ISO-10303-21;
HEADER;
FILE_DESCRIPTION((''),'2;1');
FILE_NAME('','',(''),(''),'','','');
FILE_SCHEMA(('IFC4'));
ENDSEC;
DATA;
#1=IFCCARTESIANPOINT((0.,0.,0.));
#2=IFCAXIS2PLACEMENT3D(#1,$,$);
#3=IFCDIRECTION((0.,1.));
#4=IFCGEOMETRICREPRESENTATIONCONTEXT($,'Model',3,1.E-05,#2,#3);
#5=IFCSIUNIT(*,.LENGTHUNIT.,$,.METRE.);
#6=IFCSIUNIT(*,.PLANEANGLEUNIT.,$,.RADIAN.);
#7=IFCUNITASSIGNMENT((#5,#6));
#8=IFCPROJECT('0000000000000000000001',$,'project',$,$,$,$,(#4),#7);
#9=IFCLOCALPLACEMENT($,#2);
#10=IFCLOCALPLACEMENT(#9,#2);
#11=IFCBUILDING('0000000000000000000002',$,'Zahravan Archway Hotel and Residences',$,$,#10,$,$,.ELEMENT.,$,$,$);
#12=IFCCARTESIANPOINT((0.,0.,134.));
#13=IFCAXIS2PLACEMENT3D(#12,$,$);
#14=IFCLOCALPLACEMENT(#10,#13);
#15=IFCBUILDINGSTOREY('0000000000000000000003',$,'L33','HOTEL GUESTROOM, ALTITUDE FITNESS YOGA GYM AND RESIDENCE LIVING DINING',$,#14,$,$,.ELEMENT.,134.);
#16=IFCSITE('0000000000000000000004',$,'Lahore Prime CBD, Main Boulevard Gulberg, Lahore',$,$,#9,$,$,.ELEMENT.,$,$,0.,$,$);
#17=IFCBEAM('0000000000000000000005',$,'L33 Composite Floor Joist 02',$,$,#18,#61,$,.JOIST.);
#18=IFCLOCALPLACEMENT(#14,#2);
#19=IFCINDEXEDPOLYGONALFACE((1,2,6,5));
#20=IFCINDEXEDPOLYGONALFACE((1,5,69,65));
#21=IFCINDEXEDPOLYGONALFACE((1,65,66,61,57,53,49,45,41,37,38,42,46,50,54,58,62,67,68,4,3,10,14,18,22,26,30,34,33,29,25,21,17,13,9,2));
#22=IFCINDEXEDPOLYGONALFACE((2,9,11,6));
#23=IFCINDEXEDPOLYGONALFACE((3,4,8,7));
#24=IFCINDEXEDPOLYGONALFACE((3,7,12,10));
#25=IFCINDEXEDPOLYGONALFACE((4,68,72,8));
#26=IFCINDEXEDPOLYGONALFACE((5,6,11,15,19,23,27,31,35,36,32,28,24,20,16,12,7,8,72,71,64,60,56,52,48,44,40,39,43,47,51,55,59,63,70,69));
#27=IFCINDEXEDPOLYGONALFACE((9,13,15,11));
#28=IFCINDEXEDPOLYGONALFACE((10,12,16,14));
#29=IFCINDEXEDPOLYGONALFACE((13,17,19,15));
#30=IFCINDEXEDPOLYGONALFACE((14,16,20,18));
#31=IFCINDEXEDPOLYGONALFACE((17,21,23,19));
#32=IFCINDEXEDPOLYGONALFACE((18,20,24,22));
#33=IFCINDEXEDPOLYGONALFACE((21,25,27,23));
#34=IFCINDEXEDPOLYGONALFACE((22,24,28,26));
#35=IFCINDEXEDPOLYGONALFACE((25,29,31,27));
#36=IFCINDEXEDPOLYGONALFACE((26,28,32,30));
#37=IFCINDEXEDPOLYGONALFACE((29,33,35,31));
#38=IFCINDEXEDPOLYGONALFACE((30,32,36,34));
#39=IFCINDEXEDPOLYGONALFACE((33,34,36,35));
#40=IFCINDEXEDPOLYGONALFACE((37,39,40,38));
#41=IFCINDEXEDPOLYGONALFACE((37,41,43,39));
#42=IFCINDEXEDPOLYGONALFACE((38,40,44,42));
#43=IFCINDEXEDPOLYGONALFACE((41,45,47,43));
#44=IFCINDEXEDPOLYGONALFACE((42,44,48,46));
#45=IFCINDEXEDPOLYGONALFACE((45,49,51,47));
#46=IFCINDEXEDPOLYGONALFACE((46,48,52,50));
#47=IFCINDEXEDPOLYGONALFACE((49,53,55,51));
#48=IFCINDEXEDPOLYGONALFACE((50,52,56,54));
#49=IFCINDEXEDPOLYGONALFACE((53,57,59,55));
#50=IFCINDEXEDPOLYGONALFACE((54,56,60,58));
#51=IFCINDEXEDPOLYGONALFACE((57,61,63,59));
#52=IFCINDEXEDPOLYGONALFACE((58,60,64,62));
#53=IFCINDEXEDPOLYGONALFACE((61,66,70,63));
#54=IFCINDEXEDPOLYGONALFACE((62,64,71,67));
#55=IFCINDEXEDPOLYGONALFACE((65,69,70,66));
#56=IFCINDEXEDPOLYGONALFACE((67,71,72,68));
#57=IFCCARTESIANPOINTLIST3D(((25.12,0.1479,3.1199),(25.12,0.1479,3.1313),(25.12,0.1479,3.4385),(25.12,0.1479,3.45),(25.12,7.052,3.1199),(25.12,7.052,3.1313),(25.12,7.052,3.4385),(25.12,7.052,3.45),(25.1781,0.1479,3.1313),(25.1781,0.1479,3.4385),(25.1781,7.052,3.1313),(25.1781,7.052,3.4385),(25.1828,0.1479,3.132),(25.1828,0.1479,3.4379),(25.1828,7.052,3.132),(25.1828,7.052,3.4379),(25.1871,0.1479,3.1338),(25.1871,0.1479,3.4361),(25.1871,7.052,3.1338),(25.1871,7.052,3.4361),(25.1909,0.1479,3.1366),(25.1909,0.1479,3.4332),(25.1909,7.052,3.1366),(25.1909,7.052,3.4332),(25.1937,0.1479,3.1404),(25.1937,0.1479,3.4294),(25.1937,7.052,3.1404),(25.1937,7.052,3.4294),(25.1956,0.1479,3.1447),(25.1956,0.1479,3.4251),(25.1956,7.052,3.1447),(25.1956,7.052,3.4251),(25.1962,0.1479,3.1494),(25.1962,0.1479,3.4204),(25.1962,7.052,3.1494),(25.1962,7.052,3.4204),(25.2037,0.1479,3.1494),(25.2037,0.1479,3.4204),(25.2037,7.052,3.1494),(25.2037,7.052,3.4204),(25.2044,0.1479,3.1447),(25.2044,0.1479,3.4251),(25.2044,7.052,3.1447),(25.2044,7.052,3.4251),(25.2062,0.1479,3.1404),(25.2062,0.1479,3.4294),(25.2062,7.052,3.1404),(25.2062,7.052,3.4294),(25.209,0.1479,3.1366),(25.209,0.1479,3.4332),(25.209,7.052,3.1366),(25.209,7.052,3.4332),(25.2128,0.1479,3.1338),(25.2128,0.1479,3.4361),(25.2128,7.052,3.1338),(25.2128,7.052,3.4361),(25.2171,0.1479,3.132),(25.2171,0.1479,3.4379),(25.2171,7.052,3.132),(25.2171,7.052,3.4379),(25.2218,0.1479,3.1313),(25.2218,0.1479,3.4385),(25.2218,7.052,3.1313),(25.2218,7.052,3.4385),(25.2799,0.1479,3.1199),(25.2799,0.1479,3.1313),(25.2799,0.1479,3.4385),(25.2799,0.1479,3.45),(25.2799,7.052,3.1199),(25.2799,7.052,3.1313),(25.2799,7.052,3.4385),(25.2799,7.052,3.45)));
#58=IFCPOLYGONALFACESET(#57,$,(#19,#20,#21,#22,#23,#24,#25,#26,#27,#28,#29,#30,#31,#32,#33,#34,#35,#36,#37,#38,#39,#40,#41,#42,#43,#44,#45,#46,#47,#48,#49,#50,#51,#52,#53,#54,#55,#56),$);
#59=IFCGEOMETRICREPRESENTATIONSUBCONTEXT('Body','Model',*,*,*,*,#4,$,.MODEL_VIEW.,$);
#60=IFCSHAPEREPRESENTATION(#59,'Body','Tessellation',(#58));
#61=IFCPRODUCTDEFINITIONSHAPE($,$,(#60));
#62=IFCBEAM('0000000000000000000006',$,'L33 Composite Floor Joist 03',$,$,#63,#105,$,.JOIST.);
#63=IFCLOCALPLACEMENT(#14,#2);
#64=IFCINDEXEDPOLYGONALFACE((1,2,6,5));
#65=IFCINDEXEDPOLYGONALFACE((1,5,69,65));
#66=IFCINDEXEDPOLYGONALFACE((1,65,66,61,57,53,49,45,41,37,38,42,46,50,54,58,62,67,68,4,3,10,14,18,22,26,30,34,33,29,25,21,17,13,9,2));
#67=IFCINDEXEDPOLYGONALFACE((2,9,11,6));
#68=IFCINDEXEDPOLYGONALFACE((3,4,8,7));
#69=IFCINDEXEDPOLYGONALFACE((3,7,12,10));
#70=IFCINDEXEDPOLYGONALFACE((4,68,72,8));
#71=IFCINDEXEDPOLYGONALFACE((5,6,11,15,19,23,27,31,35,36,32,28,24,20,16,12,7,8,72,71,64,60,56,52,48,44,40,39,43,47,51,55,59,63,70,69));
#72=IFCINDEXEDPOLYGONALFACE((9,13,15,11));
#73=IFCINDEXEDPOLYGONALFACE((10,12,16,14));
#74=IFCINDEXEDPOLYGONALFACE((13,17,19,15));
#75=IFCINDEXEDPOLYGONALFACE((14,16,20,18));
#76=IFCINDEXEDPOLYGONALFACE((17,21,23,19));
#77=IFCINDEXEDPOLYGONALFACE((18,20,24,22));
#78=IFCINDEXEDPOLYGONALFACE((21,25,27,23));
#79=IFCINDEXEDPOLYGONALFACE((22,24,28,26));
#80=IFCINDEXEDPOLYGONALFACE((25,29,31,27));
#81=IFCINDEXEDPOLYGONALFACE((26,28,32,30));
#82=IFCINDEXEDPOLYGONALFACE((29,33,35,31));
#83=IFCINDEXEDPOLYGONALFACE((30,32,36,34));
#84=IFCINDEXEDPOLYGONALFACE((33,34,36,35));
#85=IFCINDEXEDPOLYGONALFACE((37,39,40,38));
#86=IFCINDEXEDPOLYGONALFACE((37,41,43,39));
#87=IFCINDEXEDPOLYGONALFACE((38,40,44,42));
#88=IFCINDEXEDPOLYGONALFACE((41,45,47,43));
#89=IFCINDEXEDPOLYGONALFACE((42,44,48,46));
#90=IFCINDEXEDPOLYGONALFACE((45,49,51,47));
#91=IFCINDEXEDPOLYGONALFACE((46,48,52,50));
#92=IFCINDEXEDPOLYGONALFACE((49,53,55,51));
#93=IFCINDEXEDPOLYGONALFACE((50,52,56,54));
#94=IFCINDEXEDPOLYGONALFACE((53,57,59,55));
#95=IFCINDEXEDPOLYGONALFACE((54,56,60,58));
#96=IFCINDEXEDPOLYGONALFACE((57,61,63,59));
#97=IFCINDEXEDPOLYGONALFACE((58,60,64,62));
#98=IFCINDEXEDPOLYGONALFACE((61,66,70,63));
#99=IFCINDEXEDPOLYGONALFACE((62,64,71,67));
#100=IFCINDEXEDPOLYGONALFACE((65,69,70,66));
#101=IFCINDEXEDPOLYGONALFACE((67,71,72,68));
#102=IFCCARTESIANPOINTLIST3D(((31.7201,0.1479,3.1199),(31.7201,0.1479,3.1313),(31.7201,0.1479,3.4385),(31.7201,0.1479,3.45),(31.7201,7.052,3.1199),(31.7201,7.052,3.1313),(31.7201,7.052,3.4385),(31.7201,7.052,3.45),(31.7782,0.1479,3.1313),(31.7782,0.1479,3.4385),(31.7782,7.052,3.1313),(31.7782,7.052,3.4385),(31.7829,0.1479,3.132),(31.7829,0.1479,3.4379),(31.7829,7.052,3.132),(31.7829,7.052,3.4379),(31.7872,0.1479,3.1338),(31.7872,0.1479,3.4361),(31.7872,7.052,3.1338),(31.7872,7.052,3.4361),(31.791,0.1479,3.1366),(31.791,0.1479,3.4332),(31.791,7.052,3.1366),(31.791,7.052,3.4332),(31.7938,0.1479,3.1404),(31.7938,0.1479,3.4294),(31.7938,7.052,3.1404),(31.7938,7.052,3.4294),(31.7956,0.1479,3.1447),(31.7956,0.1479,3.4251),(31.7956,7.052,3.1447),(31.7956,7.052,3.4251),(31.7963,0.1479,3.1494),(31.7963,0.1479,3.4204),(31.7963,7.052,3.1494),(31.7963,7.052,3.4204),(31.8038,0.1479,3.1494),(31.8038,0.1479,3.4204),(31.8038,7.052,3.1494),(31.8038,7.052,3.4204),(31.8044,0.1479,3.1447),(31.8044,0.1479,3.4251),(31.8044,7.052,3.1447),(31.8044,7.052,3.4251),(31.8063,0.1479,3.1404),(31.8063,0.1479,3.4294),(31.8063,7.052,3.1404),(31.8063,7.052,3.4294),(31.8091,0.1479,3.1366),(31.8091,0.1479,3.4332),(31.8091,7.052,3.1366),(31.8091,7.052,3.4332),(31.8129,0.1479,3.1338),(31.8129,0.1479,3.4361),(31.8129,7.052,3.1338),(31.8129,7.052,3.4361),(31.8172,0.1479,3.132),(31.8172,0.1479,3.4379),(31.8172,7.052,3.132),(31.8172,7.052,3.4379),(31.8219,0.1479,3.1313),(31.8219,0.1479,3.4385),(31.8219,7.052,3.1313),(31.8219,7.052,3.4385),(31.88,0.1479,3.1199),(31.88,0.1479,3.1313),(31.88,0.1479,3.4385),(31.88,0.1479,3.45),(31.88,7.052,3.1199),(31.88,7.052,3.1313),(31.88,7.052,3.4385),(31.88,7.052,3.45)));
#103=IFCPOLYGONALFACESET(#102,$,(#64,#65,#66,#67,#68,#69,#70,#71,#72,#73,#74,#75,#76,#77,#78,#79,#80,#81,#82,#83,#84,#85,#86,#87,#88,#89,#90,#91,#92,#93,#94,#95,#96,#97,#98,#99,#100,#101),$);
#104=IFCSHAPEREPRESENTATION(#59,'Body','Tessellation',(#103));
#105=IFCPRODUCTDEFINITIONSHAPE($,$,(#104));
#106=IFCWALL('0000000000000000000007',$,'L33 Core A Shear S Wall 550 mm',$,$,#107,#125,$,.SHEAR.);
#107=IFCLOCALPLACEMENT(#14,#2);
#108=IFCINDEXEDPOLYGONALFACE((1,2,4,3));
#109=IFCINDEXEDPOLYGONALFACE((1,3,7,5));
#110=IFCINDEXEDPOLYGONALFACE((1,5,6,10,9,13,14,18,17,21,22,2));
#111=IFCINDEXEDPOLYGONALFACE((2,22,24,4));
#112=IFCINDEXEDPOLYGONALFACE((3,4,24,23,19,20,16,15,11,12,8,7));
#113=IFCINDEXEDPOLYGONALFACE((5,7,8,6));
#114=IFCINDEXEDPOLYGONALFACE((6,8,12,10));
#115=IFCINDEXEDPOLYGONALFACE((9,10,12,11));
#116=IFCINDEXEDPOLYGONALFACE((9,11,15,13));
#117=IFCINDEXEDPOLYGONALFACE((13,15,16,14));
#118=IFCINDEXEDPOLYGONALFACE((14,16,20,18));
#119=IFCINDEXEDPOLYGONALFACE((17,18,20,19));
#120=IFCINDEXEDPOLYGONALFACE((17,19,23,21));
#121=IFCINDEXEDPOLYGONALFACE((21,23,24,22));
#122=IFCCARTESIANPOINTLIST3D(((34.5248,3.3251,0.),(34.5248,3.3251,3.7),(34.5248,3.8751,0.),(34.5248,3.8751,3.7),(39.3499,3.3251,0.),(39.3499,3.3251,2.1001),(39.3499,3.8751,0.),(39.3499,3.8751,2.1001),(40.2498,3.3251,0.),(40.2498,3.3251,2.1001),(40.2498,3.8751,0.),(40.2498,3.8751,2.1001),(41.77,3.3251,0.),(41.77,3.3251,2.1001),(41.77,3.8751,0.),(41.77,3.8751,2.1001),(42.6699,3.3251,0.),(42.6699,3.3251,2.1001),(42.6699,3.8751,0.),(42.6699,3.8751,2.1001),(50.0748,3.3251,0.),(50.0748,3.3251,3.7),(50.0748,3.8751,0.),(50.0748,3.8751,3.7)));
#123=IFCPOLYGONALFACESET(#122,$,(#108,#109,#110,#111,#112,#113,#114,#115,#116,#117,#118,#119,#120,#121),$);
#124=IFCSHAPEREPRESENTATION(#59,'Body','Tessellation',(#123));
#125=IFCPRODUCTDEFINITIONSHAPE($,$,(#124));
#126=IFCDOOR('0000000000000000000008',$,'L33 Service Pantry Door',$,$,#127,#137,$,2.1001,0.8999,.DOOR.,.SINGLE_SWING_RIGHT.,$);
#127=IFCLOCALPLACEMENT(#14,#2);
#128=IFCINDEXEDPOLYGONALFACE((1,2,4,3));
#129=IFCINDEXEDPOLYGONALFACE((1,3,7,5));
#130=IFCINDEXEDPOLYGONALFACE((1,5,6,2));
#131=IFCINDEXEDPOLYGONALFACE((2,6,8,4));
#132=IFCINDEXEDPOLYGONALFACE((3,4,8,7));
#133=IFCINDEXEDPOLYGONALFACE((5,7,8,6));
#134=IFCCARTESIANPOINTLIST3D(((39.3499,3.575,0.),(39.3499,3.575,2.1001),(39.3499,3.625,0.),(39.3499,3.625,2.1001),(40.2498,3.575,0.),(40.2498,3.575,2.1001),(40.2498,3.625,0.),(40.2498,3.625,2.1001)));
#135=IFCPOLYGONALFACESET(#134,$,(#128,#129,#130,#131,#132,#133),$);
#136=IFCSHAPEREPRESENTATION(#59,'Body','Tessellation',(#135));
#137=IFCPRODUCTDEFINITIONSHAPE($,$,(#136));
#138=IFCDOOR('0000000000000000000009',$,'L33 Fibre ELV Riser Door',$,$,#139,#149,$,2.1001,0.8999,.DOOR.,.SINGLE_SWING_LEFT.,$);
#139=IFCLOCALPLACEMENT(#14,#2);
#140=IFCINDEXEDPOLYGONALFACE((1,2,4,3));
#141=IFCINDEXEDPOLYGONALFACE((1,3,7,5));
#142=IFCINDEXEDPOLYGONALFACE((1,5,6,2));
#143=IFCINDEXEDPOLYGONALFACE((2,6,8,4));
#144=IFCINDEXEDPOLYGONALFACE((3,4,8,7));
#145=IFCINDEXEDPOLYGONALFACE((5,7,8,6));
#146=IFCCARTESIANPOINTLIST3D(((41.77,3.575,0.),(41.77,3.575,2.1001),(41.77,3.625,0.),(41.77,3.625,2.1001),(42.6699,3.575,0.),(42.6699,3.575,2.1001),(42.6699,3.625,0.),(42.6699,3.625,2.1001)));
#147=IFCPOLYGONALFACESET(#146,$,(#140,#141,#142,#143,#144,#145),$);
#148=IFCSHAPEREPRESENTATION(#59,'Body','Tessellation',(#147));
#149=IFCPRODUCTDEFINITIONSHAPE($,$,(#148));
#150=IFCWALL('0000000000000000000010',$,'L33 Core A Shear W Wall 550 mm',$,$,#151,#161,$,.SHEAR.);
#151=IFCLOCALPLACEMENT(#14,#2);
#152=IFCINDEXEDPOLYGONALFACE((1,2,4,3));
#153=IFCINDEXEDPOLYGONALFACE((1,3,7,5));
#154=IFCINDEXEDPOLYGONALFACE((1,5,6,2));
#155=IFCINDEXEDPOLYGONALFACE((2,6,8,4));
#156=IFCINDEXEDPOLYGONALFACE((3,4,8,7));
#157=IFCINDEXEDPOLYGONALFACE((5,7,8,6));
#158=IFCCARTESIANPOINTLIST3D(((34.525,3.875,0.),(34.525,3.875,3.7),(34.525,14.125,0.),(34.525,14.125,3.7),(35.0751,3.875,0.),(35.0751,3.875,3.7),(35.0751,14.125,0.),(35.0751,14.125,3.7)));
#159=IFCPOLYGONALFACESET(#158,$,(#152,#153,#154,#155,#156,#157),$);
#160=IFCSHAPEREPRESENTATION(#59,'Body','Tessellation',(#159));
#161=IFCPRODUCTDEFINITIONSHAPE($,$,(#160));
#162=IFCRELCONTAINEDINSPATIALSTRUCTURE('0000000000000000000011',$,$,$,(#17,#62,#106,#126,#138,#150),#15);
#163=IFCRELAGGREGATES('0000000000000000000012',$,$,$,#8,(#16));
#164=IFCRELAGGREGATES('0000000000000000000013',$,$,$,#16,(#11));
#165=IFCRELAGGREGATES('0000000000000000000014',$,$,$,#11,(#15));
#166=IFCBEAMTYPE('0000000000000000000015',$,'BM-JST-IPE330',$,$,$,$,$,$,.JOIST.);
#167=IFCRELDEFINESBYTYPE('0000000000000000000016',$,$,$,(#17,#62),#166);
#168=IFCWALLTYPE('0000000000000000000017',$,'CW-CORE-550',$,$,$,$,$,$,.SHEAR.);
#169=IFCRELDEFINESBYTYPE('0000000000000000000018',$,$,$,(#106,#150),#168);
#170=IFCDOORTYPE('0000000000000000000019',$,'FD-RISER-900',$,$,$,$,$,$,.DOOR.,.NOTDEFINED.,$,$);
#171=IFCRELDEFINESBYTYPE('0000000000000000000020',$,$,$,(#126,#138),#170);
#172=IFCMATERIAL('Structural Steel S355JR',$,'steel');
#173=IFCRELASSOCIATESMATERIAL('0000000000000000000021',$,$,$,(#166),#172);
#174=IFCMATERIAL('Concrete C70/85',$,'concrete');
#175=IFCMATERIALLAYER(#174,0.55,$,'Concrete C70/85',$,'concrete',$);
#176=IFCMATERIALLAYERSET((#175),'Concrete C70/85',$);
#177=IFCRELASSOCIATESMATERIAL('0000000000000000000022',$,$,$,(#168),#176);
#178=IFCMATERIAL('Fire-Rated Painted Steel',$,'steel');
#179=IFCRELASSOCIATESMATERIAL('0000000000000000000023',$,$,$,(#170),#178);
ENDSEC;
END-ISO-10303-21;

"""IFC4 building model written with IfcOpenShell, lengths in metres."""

from ifc_helpers import new_model, si_unit, direction, frame, frame_2d, origin, origin_2d, place, context, subcontext, project, spatial, rectangle, i_section, extrude, source, transform, mapped, material, layer, layer_set, material_profile, profile_set, type_object, type_shapes, element, fill, save


model = new_model("IFC4")

# Units and contexts
model_context = context("Model", 3, precision=1e-05, world=origin(), true_north=direction((0.0, 1.0)))
body_context = subcontext(model_context, "Body", "Model", "MODEL_VIEW")
ifc_project = project(units=[si_unit("LENGTHUNIT", "METRE"), si_unit("PLANEANGLEUNIT", "RADIAN")], contexts=[model_context])

# Site, building, storey
site_placement = place(None, origin())
site = spatial("IfcSite", under=ifc_project, at=site_placement, Name="Lahore Prime CBD, Main Boulevard Gulberg, Lahore", CompositionType="ELEMENT", RefElevation=0.0)
building_placement = place(site_placement, origin())
building = spatial("IfcBuilding", under=site, at=building_placement, Name="Zahravan Archway Hotel and Residences", CompositionType="ELEMENT")
storey_placement = place(building_placement, frame((0.0, 0.0, 134.0)))
storey = spatial("IfcBuildingStorey", under=building, at=storey_placement, Name="L33", Description="HOTEL GUESTROOM, ALTITUDE FITNESS YOGA GYM AND RESIDENCE LIVING DINING", CompositionType="ELEMENT", Elevation=134.0)

# Beams
ifc_material_1 = material(Name="Structural Steel S355JR", Category="steel")
ifc_material_profile_1 = material_profile(ifc_material_1, i_section(OverallWidth=0.1599, OverallDepth=0.3301, WebThickness=0.0076, FlangeThickness=0.0115, FilletRadius=0.0181, at=origin_2d()), Name="IPE 330", Category="steel")
ifc_profile_set_1 = profile_set([ifc_material_profile_1], Name="Structural Steel S355JR")
beam_type_1 = type_object("IfcBeamType", Name="BM-JST-IPE330", PredefinedType="JOIST", material=ifc_profile_set_1)
shared_shape_1 = source(origin(), body_context, "Body", "SweptSolid", [
    extrude(i_section(OverallWidth=0.1599, OverallDepth=0.3301, WebThickness=0.0076, FlangeThickness=0.0115, FilletRadius=0.0181, at=origin_2d()), origin(), (0.0, 0.0, 1.0), 6.9041),
])
type_shapes(beam_type_1, [shared_shape_1])
for number, where, z_axis, x_axis, name in (
    (1, (25.2, 0.1479, 3.2849), (0.0, 1.0, 0.0), (-1.0, 0.0, 0.0), "L33 Composite Floor Joist 02"),
    (2, (31.8, 0.1479, 3.2849), (0.0, 1.0, 0.0), (-1.0, 0.0, 0.0), "L33 Composite Floor Joist 03"),
):
    element("IfcBeam", number, at=place(storey_placement, frame(where, z_axis=z_axis, x_axis=x_axis)), inside=storey, type_object=beam_type_1, Name=name, PredefinedType="JOIST", context=body_context, shape_type="MappedRepresentation", body=[
        mapped(shared_shape_1, transform((0.0, 0.0, 0.0), scale=1.0)),
    ])

# Wall, openings, doors
ifc_material_2 = material(Name="Concrete C70/85", Category="concrete")
ifc_layer_1 = layer(ifc_material_2, 0.55, Name="Concrete C70/85", Category="concrete")
ifc_layer_set_1 = layer_set([ifc_layer_1], Name="Concrete C70/85")
wall_type_1 = type_object("IfcWallType", Name="CW-CORE-550", PredefinedType="SHEAR", material=ifc_layer_set_1)
wall_1_placement = place(storey_placement, frame((34.5249, 3.6001, 0.0), z_axis=(0.0, 0.0, 1.0), x_axis=(1.0, 0.0, 0.0)))
wall_1 = element("IfcWall", 3, at=wall_1_placement, inside=storey, type_object=wall_type_1, Name="L33 Core A Shear S Wall 550 mm", PredefinedType="SHEAR", context=body_context, shape_type="SweptSolid", body=[
    extrude(rectangle(XDim=15.55, YDim=0.55, at=frame_2d((7.7749, 0.0))), origin(), (0.0, 0.0, 1.0), 3.7),
])
opening_1_placement = place(wall_1_placement, frame((4.825, 0.0, 0.0)))
opening_1 = element("IfcOpeningElement", 4, at=opening_1_placement, cuts=wall_1, PredefinedType="OPENING", context=body_context, shape_type="SweptSolid", body=[
    extrude(rectangle(XDim=0.8999, YDim=2.1001, at=frame_2d((0.45, 1.05))), frame((0.0, 0.2852, 0.0), z_axis=(0.0, -1.0, 0.0), x_axis=(1.0, 0.0, 0.0)), (0.0, 0.0, 1.0), 0.5701),
])
opening_2_placement = place(wall_1_placement, frame((7.2451, 0.0, 0.0)))
opening_2 = element("IfcOpeningElement", 5, at=opening_2_placement, cuts=wall_1, PredefinedType="OPENING", context=body_context, shape_type="SweptSolid", body=[
    extrude(rectangle(XDim=0.8999, YDim=2.1001, at=frame_2d((0.45, 1.05))), frame((0.0, 0.2852, 0.0), z_axis=(0.0, -1.0, 0.0), x_axis=(1.0, 0.0, 0.0)), (0.0, 0.0, 1.0), 0.5701),
])
ifc_material_3 = material(Name="Fire-Rated Painted Steel", Category="steel")
door_type_1 = type_object("IfcDoorType", Name="FD-RISER-900", OperationType="NOTDEFINED", PredefinedType="DOOR", material=ifc_material_3)
shared_shape_2 = source(origin(), body_context, "Body", "SweptSolid", [
    extrude(rectangle(XDim=0.8999, YDim=2.1001, at=frame_2d((0.45, 1.05))), frame((0.0, 0.0249, 0.0), z_axis=(0.0, -1.0, 0.0), x_axis=(1.0, 0.0, 0.0)), (0.0, 0.0, 1.0), 0.05),
])
type_shapes(door_type_1, [shared_shape_2])
door_1_placement = place(opening_1_placement, origin())
door_1 = element("IfcDoor", 6, at=door_1_placement, inside=storey, type_object=door_type_1, Name="L33 Service Pantry Door", OperationType="SINGLE_SWING_RIGHT", OverallHeight=2.1001, OverallWidth=0.8999, PredefinedType="DOOR", context=body_context, shape_type="MappedRepresentation", body=[
    mapped(shared_shape_2, transform((0.0, 0.0, 0.0), scale=1.0)),
])
fill(opening_1, door_1)
door_2_placement = place(opening_2_placement, origin())
door_2 = element("IfcDoor", 7, at=door_2_placement, inside=storey, type_object=door_type_1, Name="L33 Fibre ELV Riser Door", OperationType="SINGLE_SWING_LEFT", OverallHeight=2.1001, OverallWidth=0.8999, PredefinedType="DOOR", context=body_context, shape_type="MappedRepresentation", body=[
    mapped(shared_shape_2, transform((0.0, 0.0, 0.0), scale=1.0)),
])
fill(opening_2, door_2)

# Wall
wall_2_placement = place(storey_placement, frame((34.8, 3.875, 0.0), z_axis=(0.0, 0.0, 1.0), x_axis=(0.0, 1.0, 0.0)))
element("IfcWall", 8, at=wall_2_placement, inside=storey, type_object=wall_type_1, Name="L33 Core A Shear W Wall 550 mm", PredefinedType="SHEAR", context=body_context, shape_type="SweptSolid", body=[
    extrude(rectangle(XDim=10.25, YDim=0.55, at=frame_2d((5.125, 0.0))), origin(), (0.0, 0.0, 1.0), 3.7),
])

save(model, "model.ifc")
